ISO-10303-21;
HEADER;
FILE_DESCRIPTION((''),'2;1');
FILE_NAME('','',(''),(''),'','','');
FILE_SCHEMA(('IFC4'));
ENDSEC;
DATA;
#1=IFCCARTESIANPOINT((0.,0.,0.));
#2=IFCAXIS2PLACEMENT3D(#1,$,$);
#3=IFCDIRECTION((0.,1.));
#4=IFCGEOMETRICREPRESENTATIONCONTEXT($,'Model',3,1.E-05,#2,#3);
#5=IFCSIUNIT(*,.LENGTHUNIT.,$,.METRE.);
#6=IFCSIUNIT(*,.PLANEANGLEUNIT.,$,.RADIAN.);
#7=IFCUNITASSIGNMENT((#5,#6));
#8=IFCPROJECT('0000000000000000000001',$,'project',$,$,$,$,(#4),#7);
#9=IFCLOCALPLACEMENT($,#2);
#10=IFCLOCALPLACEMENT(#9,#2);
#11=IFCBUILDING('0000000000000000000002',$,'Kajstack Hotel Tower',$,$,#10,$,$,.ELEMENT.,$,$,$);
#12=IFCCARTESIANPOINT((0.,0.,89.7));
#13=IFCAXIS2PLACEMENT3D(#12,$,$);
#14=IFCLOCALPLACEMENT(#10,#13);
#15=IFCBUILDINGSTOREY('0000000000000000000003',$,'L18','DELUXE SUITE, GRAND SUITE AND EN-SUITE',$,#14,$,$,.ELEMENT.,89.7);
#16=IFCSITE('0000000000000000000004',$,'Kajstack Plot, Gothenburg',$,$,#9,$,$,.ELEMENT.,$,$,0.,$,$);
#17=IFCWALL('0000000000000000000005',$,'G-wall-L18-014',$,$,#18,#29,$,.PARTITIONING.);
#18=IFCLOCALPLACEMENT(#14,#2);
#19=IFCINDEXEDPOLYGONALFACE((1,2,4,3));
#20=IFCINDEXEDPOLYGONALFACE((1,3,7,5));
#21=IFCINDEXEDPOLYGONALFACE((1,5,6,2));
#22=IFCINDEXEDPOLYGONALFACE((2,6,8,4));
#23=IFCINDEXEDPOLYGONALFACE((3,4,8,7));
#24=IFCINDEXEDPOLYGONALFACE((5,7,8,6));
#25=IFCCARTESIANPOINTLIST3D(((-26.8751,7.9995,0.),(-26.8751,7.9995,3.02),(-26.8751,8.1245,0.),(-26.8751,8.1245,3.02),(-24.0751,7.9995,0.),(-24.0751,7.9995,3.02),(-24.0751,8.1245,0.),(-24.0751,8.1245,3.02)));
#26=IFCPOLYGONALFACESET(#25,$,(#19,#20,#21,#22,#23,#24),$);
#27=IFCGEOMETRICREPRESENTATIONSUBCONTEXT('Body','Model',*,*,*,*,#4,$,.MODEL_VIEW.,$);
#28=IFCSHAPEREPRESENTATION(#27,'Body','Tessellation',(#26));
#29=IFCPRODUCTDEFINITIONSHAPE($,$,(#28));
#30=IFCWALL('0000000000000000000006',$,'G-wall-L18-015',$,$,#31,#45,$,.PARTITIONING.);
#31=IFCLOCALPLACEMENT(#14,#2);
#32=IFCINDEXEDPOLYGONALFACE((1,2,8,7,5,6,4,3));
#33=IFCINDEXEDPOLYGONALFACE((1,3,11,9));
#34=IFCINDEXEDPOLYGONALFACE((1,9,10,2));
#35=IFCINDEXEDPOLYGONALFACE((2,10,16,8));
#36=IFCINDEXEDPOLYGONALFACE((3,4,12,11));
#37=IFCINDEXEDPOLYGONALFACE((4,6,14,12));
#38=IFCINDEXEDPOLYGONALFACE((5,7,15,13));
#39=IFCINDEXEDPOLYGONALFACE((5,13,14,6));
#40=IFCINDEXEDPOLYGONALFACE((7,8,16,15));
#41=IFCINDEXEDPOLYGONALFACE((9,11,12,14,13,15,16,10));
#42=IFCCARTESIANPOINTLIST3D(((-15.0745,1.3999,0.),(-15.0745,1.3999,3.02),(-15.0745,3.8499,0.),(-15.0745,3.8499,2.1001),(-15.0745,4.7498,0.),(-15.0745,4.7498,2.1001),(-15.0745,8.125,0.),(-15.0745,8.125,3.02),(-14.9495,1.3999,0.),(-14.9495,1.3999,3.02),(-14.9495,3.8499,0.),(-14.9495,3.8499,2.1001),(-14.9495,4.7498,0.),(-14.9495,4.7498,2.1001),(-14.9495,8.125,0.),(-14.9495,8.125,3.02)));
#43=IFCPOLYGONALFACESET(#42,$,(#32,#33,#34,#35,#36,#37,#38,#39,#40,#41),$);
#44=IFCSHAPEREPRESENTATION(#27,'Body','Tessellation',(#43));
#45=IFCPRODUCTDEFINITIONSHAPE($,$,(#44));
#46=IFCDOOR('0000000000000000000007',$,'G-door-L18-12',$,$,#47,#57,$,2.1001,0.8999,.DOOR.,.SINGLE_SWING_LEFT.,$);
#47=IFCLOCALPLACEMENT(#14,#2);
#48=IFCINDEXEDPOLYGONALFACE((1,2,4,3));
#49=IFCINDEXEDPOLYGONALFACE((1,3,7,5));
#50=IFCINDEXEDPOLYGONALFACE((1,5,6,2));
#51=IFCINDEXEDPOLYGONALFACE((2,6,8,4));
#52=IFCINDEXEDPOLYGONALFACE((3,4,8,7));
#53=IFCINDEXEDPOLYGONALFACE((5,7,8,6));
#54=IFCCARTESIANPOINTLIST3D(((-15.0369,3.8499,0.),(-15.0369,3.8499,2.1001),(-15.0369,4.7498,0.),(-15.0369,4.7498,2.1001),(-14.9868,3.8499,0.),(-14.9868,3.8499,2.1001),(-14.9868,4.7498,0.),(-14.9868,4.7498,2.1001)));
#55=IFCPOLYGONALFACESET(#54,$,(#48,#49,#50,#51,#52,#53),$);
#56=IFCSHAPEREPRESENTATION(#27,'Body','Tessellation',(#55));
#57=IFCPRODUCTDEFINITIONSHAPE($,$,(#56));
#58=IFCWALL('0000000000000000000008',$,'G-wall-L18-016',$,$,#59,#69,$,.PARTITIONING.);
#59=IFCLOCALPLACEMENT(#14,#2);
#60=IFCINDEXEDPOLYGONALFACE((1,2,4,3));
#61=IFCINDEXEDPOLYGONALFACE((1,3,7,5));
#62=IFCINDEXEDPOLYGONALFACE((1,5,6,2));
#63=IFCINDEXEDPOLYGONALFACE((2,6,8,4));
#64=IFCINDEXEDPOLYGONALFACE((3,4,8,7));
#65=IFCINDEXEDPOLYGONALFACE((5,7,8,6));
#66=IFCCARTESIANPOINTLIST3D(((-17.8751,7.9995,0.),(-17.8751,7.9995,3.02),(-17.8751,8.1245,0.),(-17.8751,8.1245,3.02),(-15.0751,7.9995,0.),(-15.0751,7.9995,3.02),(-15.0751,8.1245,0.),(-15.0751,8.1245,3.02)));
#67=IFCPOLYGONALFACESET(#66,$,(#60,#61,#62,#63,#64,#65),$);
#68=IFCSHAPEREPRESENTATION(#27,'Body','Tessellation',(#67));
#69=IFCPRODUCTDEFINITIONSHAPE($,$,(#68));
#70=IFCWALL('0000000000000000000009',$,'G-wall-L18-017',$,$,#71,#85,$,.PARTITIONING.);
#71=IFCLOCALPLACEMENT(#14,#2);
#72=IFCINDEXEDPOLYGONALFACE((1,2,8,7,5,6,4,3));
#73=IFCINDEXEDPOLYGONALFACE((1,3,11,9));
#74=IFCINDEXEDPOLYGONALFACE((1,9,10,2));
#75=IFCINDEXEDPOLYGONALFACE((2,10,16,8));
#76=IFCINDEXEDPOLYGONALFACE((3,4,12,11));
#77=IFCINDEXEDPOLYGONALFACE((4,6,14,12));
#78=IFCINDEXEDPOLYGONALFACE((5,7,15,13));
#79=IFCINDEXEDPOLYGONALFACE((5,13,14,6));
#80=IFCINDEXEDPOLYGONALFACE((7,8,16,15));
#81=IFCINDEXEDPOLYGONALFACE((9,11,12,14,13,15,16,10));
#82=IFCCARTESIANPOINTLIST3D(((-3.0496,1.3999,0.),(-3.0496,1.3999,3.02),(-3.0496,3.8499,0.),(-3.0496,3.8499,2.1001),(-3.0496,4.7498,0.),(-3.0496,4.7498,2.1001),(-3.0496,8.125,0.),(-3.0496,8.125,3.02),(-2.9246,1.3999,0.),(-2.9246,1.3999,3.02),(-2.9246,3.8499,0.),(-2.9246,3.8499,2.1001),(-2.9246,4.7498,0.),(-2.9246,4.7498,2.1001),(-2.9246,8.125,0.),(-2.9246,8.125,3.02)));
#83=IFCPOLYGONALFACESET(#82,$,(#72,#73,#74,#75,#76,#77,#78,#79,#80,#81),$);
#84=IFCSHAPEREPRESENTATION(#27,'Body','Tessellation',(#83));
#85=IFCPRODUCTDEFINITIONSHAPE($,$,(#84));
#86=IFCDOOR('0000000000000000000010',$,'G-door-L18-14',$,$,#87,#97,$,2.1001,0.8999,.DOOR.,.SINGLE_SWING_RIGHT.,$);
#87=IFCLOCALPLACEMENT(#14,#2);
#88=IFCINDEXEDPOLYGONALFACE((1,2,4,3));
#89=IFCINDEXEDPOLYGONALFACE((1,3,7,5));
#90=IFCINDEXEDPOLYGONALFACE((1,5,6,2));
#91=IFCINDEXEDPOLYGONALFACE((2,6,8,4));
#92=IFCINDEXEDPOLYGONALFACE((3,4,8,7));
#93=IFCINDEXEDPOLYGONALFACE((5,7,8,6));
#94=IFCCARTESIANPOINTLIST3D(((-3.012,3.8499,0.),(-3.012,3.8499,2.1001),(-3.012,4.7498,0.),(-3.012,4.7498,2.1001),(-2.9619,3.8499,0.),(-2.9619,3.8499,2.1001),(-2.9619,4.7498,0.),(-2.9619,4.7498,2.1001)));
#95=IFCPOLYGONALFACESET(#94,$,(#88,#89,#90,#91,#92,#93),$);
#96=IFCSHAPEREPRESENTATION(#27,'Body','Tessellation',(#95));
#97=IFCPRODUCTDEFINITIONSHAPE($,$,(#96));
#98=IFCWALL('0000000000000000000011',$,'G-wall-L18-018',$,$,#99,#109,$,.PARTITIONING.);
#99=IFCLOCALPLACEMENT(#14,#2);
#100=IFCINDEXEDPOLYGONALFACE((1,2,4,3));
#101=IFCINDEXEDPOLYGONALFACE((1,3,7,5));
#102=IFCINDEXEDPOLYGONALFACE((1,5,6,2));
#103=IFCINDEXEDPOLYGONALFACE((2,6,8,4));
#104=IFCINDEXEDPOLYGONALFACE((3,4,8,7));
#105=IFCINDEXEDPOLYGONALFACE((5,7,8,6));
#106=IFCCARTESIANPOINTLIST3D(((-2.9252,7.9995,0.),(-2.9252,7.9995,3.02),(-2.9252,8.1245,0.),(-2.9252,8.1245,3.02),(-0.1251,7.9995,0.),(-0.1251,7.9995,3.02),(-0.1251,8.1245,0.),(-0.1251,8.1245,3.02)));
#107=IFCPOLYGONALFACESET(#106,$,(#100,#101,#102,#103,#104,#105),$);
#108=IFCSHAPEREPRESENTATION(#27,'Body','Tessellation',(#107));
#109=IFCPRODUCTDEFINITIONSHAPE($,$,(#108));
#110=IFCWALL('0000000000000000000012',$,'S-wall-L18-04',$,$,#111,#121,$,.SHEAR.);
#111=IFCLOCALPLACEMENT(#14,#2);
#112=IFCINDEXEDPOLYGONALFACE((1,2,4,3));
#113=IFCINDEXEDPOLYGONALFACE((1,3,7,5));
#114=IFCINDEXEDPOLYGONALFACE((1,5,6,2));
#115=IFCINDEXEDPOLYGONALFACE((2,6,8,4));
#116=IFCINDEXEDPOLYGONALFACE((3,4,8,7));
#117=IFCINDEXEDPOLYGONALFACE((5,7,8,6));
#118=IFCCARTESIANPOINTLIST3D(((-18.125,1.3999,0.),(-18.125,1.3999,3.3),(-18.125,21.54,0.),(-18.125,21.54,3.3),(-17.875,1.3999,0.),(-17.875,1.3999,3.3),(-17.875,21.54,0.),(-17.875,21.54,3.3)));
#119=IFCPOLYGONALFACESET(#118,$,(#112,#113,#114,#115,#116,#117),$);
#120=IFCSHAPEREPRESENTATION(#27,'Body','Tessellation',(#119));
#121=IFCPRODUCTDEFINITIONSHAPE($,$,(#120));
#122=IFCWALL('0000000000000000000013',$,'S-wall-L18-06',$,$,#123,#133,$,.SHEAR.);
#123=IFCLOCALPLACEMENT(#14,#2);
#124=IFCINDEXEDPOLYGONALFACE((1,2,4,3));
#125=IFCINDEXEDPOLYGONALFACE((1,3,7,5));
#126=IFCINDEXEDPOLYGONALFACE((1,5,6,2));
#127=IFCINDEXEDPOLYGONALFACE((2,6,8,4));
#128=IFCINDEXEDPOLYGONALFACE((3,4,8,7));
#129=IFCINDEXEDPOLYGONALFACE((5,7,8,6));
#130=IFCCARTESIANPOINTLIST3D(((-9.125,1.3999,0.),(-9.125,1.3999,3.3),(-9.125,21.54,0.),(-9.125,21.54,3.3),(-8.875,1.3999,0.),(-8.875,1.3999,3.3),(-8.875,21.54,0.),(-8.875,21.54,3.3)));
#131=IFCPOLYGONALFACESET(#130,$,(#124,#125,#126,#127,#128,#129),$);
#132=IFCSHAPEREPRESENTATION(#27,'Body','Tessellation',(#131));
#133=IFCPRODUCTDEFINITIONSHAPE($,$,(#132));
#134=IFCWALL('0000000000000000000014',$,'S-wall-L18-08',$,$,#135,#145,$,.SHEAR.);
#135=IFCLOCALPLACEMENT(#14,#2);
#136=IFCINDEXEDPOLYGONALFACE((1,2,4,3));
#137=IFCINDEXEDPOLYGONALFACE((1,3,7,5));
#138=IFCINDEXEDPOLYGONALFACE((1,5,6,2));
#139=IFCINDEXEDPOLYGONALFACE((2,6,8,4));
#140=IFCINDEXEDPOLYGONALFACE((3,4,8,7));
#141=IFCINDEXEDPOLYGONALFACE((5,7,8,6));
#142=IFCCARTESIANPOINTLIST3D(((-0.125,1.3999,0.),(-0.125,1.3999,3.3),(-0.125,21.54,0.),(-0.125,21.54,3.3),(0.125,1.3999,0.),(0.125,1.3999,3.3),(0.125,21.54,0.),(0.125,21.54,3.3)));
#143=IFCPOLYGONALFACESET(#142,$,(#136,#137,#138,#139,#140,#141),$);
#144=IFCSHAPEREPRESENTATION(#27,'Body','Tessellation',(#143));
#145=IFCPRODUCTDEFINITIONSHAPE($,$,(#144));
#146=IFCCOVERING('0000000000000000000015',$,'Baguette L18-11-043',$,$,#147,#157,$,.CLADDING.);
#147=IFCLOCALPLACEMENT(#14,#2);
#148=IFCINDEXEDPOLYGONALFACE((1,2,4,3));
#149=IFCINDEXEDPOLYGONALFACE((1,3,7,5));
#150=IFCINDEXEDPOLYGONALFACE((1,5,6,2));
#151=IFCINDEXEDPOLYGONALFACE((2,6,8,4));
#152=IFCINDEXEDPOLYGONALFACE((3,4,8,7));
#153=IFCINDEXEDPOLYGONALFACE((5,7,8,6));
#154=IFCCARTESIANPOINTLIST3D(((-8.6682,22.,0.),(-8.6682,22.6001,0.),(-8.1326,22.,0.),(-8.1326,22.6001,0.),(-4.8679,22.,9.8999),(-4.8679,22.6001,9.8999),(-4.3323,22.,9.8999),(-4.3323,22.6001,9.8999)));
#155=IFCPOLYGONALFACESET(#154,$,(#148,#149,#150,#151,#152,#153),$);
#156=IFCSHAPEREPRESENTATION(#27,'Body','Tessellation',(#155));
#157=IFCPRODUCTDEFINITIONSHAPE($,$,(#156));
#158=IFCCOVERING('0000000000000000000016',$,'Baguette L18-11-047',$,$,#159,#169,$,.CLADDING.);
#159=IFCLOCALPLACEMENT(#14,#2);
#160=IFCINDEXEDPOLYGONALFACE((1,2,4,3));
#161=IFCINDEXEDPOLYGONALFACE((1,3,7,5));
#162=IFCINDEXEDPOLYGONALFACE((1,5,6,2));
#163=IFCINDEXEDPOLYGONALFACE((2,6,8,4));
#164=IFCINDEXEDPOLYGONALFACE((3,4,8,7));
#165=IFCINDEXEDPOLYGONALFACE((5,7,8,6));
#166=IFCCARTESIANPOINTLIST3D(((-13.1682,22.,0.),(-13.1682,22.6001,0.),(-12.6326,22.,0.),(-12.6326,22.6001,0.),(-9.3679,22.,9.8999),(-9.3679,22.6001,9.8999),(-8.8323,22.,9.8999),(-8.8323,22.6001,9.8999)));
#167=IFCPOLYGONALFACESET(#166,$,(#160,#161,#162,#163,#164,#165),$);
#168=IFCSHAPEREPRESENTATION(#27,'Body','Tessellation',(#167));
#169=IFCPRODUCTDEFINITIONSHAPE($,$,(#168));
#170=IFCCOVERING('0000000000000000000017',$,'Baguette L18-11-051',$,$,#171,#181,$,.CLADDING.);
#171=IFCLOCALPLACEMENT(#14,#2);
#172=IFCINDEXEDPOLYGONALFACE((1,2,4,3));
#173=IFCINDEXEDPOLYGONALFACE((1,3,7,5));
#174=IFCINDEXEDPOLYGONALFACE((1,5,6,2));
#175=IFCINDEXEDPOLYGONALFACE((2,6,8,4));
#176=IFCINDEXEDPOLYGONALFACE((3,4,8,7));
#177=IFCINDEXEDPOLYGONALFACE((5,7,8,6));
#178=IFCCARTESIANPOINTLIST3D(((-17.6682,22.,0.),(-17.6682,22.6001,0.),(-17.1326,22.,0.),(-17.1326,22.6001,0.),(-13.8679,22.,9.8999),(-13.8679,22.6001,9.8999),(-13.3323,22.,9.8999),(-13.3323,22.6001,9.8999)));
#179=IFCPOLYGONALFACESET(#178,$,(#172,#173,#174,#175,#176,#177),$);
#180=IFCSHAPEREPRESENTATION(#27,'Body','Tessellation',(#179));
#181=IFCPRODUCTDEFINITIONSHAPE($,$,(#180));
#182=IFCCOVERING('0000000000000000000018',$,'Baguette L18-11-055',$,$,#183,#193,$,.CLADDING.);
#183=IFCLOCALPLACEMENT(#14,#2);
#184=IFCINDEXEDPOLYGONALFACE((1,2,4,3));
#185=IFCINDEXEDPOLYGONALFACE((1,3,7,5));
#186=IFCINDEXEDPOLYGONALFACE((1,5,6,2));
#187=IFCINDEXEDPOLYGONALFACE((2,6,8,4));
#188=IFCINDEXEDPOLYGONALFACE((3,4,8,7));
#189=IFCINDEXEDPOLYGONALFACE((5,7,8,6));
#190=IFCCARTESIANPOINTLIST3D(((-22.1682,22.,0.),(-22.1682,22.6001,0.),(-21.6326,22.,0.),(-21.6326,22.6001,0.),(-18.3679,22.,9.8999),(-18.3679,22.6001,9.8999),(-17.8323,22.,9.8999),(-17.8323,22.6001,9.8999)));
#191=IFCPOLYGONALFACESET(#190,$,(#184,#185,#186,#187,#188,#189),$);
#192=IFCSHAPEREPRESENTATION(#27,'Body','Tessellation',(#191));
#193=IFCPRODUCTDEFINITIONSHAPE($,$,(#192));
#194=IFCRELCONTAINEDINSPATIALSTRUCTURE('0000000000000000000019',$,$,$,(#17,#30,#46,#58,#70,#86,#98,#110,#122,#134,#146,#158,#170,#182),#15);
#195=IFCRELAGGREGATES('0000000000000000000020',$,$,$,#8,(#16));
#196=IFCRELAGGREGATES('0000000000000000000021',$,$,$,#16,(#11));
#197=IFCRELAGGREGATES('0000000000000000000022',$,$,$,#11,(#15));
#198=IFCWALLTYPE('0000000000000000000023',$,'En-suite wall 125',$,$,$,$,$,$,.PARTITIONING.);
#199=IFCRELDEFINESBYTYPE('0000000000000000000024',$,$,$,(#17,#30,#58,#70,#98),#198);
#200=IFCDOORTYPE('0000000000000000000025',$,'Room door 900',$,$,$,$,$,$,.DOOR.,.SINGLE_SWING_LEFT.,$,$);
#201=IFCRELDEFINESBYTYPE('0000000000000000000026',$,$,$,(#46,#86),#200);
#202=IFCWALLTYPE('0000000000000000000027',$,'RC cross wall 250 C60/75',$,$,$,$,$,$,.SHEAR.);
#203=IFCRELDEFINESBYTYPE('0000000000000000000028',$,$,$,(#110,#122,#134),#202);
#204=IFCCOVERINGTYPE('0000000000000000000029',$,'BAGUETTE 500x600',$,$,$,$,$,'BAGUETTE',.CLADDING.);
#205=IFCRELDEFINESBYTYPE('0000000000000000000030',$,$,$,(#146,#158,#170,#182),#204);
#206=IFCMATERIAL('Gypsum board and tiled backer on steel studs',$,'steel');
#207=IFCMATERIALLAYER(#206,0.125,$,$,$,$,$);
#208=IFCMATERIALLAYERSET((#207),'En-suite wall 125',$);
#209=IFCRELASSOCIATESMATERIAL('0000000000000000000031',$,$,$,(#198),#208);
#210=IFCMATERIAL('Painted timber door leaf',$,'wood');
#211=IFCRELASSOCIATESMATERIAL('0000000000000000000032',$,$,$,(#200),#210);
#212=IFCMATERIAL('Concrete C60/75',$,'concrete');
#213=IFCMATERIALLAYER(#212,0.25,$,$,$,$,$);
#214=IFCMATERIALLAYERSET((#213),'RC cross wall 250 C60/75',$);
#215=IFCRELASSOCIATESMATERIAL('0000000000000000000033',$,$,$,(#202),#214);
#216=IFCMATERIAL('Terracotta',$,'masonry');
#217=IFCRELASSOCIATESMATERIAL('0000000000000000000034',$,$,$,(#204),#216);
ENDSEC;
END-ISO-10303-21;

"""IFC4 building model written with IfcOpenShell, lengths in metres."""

from ifc_helpers import new_model, si_unit, direction, frame, frame_2d, origin, origin_2d, place, context, subcontext, project, spatial, polyline, rectangle, outline, extrude, material, layer, layer_set, material_profile, profile_set, type_object, element, fill, save


model = new_model("IFC4")

# Units and contexts
model_context = context("Model", 3, precision=1e-05, world=origin(), true_north=direction((0.0, 1.0)))
body_context = subcontext(model_context, "Body", "Model", "MODEL_VIEW")
ifc_project = project(units=[si_unit("LENGTHUNIT", "METRE"), si_unit("PLANEANGLEUNIT", "RADIAN")], contexts=[model_context])

# Site, building, storey
site_placement = place(None, origin())
site = spatial("IfcSite", under=ifc_project, at=site_placement, Name="Kajstack Plot, Gothenburg", CompositionType="ELEMENT", RefElevation=0.0)
building_placement = place(site_placement, origin())
building = spatial("IfcBuilding", under=site, at=building_placement, Name="Kajstack Hotel Tower", CompositionType="ELEMENT")
storey_placement = place(building_placement, frame((0.0, 0.0, 89.7)))
storey = spatial("IfcBuildingStorey", under=building, at=storey_placement, Name="L18", Description="DELUXE SUITE, GRAND SUITE AND EN-SUITE", CompositionType="ELEMENT", Elevation=89.7)

# Wall
ifc_material_1 = material(Name="Gypsum board and tiled backer on steel studs", Category="steel")
ifc_layer_1 = layer(ifc_material_1, 0.125)
ifc_layer_set_1 = layer_set([ifc_layer_1], Name="En-suite wall 125")
wall_type_1 = type_object("IfcWallType", Name="En-suite wall 125", PredefinedType="PARTITIONING", material=ifc_layer_set_1)
wall_1_placement = place(storey_placement, frame((-26.875, 8.062, 0.0), z_axis=(0.0, 0.0, 1.0), x_axis=(1.0, 0.0, 0.0)))
element("IfcWall", 1, at=wall_1_placement, inside=storey, type_object=wall_type_1, Name="G-wall-L18-014", PredefinedType="PARTITIONING", context=body_context, shape_type="SweptSolid", body=[
    extrude(rectangle(XDim=2.8, YDim=0.125, at=frame_2d((1.3999, 0.0))), origin(), (0.0, 0.0, 1.0), 3.02),
])

# Wall, opening, door
wall_2_placement = place(storey_placement, frame((-15.012, 1.3999, 0.0), z_axis=(0.0, 0.0, 1.0), x_axis=(0.0, 1.0, 0.0)))
wall_2 = element("IfcWall", 2, at=wall_2_placement, inside=storey, type_object=wall_type_1, Name="G-wall-L18-015", PredefinedType="PARTITIONING", context=body_context, shape_type="SweptSolid", body=[
    extrude(rectangle(XDim=6.7251, YDim=0.125, at=frame_2d((3.3625, 0.0))), origin(), (0.0, 0.0, 1.0), 3.02),
])
opening_1_placement = place(wall_2_placement, frame((2.45, 0.0, 0.0)))
opening_1 = element("IfcOpeningElement", 3, at=opening_1_placement, cuts=wall_2, PredefinedType="OPENING", context=body_context, shape_type="SweptSolid", body=[
    extrude(rectangle(XDim=0.8999, YDim=2.1001, at=frame_2d((0.45, 1.05))), frame((0.0, 0.0725, 0.0), z_axis=(0.0, -1.0, 0.0), x_axis=(1.0, 0.0, 0.0)), (0.0, 0.0, 1.0), 0.145),
])
ifc_material_2 = material(Name="Painted timber door leaf", Category="wood")
door_type = type_object("IfcDoorType", Name="Room door 900", OperationType="SINGLE_SWING_LEFT", PredefinedType="DOOR", material=ifc_material_2)
door_1_placement = place(opening_1_placement, origin())
door_1 = element("IfcDoor", 4, at=door_1_placement, inside=storey, type_object=door_type, Name="G-door-L18-12", OperationType="SINGLE_SWING_LEFT", OverallHeight=2.1001, OverallWidth=0.8999, PredefinedType="DOOR", context=body_context, shape_type="SweptSolid", body=[
    extrude(rectangle(XDim=0.8999, YDim=2.1001, at=frame_2d((0.45, 1.05))), frame((0.0, 0.0249, 0.0), z_axis=(0.0, -1.0, 0.0), x_axis=(1.0, 0.0, 0.0)), (0.0, 0.0, 1.0), 0.05),
])
fill(opening_1, door_1)

# Wall
wall_3_placement = place(storey_placement, frame((-17.875, 8.062, 0.0), z_axis=(0.0, 0.0, 1.0), x_axis=(1.0, 0.0, 0.0)))
element("IfcWall", 5, at=wall_3_placement, inside=storey, type_object=wall_type_1, Name="G-wall-L18-016", PredefinedType="PARTITIONING", context=body_context, shape_type="SweptSolid", body=[
    extrude(rectangle(XDim=2.8, YDim=0.125, at=frame_2d((1.3999, 0.0))), origin(), (0.0, 0.0, 1.0), 3.02),
])

# Wall, opening, door
wall_4_placement = place(storey_placement, frame((-2.9871, 1.3999, 0.0), z_axis=(0.0, 0.0, 1.0), x_axis=(0.0, 1.0, 0.0)))
wall_4 = element("IfcWall", 6, at=wall_4_placement, inside=storey, type_object=wall_type_1, Name="G-wall-L18-017", PredefinedType="PARTITIONING", context=body_context, shape_type="SweptSolid", body=[
    extrude(rectangle(XDim=6.7251, YDim=0.125, at=frame_2d((3.3625, 0.0))), origin(), (0.0, 0.0, 1.0), 3.02),
])
opening_2_placement = place(wall_4_placement, frame((2.45, 0.0, 0.0)))
opening_2 = element("IfcOpeningElement", 7, at=opening_2_placement, cuts=wall_4, PredefinedType="OPENING", context=body_context, shape_type="SweptSolid", body=[
    extrude(rectangle(XDim=0.8999, YDim=2.1001, at=frame_2d((0.45, 1.05))), frame((0.0, 0.0725, 0.0), z_axis=(0.0, -1.0, 0.0), x_axis=(1.0, 0.0, 0.0)), (0.0, 0.0, 1.0), 0.145),
])
door_2_placement = place(opening_2_placement, origin())
door_2 = element("IfcDoor", 8, at=door_2_placement, inside=storey, type_object=door_type, Name="G-door-L18-14", OperationType="SINGLE_SWING_RIGHT", OverallHeight=2.1001, OverallWidth=0.8999, PredefinedType="DOOR", context=body_context, shape_type="SweptSolid", body=[
    extrude(rectangle(XDim=0.8999, YDim=2.1001, at=frame_2d((0.45, 1.05))), frame((0.0, 0.0249, 0.0), z_axis=(0.0, -1.0, 0.0), x_axis=(1.0, 0.0, 0.0)), (0.0, 0.0, 1.0), 0.05),
])
fill(opening_2, door_2)

# Walls
wall_5_placement = place(storey_placement, frame((-2.925, 8.062, 0.0), z_axis=(0.0, 0.0, 1.0), x_axis=(1.0, 0.0, 0.0)))
element("IfcWall", 9, at=wall_5_placement, inside=storey, type_object=wall_type_1, Name="G-wall-L18-018", PredefinedType="PARTITIONING", context=body_context, shape_type="SweptSolid", body=[
    extrude(rectangle(XDim=2.8, YDim=0.125, at=frame_2d((1.3999, 0.0))), origin(), (0.0, 0.0, 1.0), 3.02),
])
ifc_material_3 = material(Name="Concrete C60/75", Category="concrete")
ifc_layer_2 = layer(ifc_material_3, 0.25)
ifc_layer_set_2 = layer_set([ifc_layer_2], Name="RC cross wall 250 C60/75")
wall_type_2 = type_object("IfcWallType", Name="RC cross wall 250 C60/75", PredefinedType="SHEAR", material=ifc_layer_set_2)
for number, where, z_axis, x_axis, name in (
    (10, (-18.0, 1.3999, 0.0), (0.0, 0.0, 1.0), (0.0, 1.0, 0.0), "S-wall-L18-04"),
    (11, (-9.0, 1.3999, 0.0), (0.0, 0.0, 1.0), (0.0, 1.0, 0.0), "S-wall-L18-06"),
    (12, (0.0, 1.3999, 0.0), (0.0, 0.0, 1.0), (0.0, 1.0, 0.0), "S-wall-L18-08"),
):
    element("IfcWall", number, at=place(storey_placement, frame(where, z_axis=z_axis, x_axis=x_axis)), inside=storey, type_object=wall_type_2, Name=name, PredefinedType="SHEAR", context=body_context, shape_type="SweptSolid", body=[
        extrude(rectangle(XDim=20.1401, YDim=0.25, at=frame_2d((10.0701, 0.0))), origin(), (0.0, 0.0, 1.0), 3.3),
    ])

# Coverings
ifc_material_4 = material(Name="Terracotta", Category="masonry")
ifc_material_profile = material_profile(ifc_material_4, rectangle(XDim=0.6001, YDim=0.5, at=origin_2d()), Name="Terracotta-clad concrete baguette 500 x 600")
ifc_profile_set = profile_set([ifc_material_profile], Name="Terracotta")
covering_type = type_object("IfcCoveringType", Name="BAGUETTE 500x600", ElementType="BAGUETTE", PredefinedType="CLADDING", material=ifc_profile_set)
for number, where, z_axis, x_axis, name in (
    (13, (-4.3323, 22.0, 0.0), (0.0, 1.0, 0.0), (-1.0, 0.0, 0.0), "Baguette L18-11-043"),
    (14, (-8.8323, 22.0, 0.0), (0.0, 1.0, 0.0), (-1.0, 0.0, 0.0), "Baguette L18-11-047"),
    (15, (-13.3323, 22.0, 0.0), (0.0, 1.0, 0.0), (-1.0, 0.0, 0.0), "Baguette L18-11-051"),
    (16, (-17.8323, 22.0, 0.0), (0.0, 1.0, 0.0), (-1.0, 0.0, 0.0), "Baguette L18-11-055"),
):
    element("IfcCovering", number, at=place(storey_placement, frame(where, z_axis=z_axis, x_axis=x_axis)), inside=storey, type_object=covering_type, Name=name, PredefinedType="CLADDING", context=body_context, shape_type="SweptSolid", body=[
        extrude(outline(polyline([(0.0, 9.8999), (3.8003, 0.0), (4.3359, 0.0), (0.5356, 9.8999), (0.0, 9.8999)])), origin(), (0.0, 0.0, 1.0), 0.6001),
    ])

save(model, "model.ifc")
